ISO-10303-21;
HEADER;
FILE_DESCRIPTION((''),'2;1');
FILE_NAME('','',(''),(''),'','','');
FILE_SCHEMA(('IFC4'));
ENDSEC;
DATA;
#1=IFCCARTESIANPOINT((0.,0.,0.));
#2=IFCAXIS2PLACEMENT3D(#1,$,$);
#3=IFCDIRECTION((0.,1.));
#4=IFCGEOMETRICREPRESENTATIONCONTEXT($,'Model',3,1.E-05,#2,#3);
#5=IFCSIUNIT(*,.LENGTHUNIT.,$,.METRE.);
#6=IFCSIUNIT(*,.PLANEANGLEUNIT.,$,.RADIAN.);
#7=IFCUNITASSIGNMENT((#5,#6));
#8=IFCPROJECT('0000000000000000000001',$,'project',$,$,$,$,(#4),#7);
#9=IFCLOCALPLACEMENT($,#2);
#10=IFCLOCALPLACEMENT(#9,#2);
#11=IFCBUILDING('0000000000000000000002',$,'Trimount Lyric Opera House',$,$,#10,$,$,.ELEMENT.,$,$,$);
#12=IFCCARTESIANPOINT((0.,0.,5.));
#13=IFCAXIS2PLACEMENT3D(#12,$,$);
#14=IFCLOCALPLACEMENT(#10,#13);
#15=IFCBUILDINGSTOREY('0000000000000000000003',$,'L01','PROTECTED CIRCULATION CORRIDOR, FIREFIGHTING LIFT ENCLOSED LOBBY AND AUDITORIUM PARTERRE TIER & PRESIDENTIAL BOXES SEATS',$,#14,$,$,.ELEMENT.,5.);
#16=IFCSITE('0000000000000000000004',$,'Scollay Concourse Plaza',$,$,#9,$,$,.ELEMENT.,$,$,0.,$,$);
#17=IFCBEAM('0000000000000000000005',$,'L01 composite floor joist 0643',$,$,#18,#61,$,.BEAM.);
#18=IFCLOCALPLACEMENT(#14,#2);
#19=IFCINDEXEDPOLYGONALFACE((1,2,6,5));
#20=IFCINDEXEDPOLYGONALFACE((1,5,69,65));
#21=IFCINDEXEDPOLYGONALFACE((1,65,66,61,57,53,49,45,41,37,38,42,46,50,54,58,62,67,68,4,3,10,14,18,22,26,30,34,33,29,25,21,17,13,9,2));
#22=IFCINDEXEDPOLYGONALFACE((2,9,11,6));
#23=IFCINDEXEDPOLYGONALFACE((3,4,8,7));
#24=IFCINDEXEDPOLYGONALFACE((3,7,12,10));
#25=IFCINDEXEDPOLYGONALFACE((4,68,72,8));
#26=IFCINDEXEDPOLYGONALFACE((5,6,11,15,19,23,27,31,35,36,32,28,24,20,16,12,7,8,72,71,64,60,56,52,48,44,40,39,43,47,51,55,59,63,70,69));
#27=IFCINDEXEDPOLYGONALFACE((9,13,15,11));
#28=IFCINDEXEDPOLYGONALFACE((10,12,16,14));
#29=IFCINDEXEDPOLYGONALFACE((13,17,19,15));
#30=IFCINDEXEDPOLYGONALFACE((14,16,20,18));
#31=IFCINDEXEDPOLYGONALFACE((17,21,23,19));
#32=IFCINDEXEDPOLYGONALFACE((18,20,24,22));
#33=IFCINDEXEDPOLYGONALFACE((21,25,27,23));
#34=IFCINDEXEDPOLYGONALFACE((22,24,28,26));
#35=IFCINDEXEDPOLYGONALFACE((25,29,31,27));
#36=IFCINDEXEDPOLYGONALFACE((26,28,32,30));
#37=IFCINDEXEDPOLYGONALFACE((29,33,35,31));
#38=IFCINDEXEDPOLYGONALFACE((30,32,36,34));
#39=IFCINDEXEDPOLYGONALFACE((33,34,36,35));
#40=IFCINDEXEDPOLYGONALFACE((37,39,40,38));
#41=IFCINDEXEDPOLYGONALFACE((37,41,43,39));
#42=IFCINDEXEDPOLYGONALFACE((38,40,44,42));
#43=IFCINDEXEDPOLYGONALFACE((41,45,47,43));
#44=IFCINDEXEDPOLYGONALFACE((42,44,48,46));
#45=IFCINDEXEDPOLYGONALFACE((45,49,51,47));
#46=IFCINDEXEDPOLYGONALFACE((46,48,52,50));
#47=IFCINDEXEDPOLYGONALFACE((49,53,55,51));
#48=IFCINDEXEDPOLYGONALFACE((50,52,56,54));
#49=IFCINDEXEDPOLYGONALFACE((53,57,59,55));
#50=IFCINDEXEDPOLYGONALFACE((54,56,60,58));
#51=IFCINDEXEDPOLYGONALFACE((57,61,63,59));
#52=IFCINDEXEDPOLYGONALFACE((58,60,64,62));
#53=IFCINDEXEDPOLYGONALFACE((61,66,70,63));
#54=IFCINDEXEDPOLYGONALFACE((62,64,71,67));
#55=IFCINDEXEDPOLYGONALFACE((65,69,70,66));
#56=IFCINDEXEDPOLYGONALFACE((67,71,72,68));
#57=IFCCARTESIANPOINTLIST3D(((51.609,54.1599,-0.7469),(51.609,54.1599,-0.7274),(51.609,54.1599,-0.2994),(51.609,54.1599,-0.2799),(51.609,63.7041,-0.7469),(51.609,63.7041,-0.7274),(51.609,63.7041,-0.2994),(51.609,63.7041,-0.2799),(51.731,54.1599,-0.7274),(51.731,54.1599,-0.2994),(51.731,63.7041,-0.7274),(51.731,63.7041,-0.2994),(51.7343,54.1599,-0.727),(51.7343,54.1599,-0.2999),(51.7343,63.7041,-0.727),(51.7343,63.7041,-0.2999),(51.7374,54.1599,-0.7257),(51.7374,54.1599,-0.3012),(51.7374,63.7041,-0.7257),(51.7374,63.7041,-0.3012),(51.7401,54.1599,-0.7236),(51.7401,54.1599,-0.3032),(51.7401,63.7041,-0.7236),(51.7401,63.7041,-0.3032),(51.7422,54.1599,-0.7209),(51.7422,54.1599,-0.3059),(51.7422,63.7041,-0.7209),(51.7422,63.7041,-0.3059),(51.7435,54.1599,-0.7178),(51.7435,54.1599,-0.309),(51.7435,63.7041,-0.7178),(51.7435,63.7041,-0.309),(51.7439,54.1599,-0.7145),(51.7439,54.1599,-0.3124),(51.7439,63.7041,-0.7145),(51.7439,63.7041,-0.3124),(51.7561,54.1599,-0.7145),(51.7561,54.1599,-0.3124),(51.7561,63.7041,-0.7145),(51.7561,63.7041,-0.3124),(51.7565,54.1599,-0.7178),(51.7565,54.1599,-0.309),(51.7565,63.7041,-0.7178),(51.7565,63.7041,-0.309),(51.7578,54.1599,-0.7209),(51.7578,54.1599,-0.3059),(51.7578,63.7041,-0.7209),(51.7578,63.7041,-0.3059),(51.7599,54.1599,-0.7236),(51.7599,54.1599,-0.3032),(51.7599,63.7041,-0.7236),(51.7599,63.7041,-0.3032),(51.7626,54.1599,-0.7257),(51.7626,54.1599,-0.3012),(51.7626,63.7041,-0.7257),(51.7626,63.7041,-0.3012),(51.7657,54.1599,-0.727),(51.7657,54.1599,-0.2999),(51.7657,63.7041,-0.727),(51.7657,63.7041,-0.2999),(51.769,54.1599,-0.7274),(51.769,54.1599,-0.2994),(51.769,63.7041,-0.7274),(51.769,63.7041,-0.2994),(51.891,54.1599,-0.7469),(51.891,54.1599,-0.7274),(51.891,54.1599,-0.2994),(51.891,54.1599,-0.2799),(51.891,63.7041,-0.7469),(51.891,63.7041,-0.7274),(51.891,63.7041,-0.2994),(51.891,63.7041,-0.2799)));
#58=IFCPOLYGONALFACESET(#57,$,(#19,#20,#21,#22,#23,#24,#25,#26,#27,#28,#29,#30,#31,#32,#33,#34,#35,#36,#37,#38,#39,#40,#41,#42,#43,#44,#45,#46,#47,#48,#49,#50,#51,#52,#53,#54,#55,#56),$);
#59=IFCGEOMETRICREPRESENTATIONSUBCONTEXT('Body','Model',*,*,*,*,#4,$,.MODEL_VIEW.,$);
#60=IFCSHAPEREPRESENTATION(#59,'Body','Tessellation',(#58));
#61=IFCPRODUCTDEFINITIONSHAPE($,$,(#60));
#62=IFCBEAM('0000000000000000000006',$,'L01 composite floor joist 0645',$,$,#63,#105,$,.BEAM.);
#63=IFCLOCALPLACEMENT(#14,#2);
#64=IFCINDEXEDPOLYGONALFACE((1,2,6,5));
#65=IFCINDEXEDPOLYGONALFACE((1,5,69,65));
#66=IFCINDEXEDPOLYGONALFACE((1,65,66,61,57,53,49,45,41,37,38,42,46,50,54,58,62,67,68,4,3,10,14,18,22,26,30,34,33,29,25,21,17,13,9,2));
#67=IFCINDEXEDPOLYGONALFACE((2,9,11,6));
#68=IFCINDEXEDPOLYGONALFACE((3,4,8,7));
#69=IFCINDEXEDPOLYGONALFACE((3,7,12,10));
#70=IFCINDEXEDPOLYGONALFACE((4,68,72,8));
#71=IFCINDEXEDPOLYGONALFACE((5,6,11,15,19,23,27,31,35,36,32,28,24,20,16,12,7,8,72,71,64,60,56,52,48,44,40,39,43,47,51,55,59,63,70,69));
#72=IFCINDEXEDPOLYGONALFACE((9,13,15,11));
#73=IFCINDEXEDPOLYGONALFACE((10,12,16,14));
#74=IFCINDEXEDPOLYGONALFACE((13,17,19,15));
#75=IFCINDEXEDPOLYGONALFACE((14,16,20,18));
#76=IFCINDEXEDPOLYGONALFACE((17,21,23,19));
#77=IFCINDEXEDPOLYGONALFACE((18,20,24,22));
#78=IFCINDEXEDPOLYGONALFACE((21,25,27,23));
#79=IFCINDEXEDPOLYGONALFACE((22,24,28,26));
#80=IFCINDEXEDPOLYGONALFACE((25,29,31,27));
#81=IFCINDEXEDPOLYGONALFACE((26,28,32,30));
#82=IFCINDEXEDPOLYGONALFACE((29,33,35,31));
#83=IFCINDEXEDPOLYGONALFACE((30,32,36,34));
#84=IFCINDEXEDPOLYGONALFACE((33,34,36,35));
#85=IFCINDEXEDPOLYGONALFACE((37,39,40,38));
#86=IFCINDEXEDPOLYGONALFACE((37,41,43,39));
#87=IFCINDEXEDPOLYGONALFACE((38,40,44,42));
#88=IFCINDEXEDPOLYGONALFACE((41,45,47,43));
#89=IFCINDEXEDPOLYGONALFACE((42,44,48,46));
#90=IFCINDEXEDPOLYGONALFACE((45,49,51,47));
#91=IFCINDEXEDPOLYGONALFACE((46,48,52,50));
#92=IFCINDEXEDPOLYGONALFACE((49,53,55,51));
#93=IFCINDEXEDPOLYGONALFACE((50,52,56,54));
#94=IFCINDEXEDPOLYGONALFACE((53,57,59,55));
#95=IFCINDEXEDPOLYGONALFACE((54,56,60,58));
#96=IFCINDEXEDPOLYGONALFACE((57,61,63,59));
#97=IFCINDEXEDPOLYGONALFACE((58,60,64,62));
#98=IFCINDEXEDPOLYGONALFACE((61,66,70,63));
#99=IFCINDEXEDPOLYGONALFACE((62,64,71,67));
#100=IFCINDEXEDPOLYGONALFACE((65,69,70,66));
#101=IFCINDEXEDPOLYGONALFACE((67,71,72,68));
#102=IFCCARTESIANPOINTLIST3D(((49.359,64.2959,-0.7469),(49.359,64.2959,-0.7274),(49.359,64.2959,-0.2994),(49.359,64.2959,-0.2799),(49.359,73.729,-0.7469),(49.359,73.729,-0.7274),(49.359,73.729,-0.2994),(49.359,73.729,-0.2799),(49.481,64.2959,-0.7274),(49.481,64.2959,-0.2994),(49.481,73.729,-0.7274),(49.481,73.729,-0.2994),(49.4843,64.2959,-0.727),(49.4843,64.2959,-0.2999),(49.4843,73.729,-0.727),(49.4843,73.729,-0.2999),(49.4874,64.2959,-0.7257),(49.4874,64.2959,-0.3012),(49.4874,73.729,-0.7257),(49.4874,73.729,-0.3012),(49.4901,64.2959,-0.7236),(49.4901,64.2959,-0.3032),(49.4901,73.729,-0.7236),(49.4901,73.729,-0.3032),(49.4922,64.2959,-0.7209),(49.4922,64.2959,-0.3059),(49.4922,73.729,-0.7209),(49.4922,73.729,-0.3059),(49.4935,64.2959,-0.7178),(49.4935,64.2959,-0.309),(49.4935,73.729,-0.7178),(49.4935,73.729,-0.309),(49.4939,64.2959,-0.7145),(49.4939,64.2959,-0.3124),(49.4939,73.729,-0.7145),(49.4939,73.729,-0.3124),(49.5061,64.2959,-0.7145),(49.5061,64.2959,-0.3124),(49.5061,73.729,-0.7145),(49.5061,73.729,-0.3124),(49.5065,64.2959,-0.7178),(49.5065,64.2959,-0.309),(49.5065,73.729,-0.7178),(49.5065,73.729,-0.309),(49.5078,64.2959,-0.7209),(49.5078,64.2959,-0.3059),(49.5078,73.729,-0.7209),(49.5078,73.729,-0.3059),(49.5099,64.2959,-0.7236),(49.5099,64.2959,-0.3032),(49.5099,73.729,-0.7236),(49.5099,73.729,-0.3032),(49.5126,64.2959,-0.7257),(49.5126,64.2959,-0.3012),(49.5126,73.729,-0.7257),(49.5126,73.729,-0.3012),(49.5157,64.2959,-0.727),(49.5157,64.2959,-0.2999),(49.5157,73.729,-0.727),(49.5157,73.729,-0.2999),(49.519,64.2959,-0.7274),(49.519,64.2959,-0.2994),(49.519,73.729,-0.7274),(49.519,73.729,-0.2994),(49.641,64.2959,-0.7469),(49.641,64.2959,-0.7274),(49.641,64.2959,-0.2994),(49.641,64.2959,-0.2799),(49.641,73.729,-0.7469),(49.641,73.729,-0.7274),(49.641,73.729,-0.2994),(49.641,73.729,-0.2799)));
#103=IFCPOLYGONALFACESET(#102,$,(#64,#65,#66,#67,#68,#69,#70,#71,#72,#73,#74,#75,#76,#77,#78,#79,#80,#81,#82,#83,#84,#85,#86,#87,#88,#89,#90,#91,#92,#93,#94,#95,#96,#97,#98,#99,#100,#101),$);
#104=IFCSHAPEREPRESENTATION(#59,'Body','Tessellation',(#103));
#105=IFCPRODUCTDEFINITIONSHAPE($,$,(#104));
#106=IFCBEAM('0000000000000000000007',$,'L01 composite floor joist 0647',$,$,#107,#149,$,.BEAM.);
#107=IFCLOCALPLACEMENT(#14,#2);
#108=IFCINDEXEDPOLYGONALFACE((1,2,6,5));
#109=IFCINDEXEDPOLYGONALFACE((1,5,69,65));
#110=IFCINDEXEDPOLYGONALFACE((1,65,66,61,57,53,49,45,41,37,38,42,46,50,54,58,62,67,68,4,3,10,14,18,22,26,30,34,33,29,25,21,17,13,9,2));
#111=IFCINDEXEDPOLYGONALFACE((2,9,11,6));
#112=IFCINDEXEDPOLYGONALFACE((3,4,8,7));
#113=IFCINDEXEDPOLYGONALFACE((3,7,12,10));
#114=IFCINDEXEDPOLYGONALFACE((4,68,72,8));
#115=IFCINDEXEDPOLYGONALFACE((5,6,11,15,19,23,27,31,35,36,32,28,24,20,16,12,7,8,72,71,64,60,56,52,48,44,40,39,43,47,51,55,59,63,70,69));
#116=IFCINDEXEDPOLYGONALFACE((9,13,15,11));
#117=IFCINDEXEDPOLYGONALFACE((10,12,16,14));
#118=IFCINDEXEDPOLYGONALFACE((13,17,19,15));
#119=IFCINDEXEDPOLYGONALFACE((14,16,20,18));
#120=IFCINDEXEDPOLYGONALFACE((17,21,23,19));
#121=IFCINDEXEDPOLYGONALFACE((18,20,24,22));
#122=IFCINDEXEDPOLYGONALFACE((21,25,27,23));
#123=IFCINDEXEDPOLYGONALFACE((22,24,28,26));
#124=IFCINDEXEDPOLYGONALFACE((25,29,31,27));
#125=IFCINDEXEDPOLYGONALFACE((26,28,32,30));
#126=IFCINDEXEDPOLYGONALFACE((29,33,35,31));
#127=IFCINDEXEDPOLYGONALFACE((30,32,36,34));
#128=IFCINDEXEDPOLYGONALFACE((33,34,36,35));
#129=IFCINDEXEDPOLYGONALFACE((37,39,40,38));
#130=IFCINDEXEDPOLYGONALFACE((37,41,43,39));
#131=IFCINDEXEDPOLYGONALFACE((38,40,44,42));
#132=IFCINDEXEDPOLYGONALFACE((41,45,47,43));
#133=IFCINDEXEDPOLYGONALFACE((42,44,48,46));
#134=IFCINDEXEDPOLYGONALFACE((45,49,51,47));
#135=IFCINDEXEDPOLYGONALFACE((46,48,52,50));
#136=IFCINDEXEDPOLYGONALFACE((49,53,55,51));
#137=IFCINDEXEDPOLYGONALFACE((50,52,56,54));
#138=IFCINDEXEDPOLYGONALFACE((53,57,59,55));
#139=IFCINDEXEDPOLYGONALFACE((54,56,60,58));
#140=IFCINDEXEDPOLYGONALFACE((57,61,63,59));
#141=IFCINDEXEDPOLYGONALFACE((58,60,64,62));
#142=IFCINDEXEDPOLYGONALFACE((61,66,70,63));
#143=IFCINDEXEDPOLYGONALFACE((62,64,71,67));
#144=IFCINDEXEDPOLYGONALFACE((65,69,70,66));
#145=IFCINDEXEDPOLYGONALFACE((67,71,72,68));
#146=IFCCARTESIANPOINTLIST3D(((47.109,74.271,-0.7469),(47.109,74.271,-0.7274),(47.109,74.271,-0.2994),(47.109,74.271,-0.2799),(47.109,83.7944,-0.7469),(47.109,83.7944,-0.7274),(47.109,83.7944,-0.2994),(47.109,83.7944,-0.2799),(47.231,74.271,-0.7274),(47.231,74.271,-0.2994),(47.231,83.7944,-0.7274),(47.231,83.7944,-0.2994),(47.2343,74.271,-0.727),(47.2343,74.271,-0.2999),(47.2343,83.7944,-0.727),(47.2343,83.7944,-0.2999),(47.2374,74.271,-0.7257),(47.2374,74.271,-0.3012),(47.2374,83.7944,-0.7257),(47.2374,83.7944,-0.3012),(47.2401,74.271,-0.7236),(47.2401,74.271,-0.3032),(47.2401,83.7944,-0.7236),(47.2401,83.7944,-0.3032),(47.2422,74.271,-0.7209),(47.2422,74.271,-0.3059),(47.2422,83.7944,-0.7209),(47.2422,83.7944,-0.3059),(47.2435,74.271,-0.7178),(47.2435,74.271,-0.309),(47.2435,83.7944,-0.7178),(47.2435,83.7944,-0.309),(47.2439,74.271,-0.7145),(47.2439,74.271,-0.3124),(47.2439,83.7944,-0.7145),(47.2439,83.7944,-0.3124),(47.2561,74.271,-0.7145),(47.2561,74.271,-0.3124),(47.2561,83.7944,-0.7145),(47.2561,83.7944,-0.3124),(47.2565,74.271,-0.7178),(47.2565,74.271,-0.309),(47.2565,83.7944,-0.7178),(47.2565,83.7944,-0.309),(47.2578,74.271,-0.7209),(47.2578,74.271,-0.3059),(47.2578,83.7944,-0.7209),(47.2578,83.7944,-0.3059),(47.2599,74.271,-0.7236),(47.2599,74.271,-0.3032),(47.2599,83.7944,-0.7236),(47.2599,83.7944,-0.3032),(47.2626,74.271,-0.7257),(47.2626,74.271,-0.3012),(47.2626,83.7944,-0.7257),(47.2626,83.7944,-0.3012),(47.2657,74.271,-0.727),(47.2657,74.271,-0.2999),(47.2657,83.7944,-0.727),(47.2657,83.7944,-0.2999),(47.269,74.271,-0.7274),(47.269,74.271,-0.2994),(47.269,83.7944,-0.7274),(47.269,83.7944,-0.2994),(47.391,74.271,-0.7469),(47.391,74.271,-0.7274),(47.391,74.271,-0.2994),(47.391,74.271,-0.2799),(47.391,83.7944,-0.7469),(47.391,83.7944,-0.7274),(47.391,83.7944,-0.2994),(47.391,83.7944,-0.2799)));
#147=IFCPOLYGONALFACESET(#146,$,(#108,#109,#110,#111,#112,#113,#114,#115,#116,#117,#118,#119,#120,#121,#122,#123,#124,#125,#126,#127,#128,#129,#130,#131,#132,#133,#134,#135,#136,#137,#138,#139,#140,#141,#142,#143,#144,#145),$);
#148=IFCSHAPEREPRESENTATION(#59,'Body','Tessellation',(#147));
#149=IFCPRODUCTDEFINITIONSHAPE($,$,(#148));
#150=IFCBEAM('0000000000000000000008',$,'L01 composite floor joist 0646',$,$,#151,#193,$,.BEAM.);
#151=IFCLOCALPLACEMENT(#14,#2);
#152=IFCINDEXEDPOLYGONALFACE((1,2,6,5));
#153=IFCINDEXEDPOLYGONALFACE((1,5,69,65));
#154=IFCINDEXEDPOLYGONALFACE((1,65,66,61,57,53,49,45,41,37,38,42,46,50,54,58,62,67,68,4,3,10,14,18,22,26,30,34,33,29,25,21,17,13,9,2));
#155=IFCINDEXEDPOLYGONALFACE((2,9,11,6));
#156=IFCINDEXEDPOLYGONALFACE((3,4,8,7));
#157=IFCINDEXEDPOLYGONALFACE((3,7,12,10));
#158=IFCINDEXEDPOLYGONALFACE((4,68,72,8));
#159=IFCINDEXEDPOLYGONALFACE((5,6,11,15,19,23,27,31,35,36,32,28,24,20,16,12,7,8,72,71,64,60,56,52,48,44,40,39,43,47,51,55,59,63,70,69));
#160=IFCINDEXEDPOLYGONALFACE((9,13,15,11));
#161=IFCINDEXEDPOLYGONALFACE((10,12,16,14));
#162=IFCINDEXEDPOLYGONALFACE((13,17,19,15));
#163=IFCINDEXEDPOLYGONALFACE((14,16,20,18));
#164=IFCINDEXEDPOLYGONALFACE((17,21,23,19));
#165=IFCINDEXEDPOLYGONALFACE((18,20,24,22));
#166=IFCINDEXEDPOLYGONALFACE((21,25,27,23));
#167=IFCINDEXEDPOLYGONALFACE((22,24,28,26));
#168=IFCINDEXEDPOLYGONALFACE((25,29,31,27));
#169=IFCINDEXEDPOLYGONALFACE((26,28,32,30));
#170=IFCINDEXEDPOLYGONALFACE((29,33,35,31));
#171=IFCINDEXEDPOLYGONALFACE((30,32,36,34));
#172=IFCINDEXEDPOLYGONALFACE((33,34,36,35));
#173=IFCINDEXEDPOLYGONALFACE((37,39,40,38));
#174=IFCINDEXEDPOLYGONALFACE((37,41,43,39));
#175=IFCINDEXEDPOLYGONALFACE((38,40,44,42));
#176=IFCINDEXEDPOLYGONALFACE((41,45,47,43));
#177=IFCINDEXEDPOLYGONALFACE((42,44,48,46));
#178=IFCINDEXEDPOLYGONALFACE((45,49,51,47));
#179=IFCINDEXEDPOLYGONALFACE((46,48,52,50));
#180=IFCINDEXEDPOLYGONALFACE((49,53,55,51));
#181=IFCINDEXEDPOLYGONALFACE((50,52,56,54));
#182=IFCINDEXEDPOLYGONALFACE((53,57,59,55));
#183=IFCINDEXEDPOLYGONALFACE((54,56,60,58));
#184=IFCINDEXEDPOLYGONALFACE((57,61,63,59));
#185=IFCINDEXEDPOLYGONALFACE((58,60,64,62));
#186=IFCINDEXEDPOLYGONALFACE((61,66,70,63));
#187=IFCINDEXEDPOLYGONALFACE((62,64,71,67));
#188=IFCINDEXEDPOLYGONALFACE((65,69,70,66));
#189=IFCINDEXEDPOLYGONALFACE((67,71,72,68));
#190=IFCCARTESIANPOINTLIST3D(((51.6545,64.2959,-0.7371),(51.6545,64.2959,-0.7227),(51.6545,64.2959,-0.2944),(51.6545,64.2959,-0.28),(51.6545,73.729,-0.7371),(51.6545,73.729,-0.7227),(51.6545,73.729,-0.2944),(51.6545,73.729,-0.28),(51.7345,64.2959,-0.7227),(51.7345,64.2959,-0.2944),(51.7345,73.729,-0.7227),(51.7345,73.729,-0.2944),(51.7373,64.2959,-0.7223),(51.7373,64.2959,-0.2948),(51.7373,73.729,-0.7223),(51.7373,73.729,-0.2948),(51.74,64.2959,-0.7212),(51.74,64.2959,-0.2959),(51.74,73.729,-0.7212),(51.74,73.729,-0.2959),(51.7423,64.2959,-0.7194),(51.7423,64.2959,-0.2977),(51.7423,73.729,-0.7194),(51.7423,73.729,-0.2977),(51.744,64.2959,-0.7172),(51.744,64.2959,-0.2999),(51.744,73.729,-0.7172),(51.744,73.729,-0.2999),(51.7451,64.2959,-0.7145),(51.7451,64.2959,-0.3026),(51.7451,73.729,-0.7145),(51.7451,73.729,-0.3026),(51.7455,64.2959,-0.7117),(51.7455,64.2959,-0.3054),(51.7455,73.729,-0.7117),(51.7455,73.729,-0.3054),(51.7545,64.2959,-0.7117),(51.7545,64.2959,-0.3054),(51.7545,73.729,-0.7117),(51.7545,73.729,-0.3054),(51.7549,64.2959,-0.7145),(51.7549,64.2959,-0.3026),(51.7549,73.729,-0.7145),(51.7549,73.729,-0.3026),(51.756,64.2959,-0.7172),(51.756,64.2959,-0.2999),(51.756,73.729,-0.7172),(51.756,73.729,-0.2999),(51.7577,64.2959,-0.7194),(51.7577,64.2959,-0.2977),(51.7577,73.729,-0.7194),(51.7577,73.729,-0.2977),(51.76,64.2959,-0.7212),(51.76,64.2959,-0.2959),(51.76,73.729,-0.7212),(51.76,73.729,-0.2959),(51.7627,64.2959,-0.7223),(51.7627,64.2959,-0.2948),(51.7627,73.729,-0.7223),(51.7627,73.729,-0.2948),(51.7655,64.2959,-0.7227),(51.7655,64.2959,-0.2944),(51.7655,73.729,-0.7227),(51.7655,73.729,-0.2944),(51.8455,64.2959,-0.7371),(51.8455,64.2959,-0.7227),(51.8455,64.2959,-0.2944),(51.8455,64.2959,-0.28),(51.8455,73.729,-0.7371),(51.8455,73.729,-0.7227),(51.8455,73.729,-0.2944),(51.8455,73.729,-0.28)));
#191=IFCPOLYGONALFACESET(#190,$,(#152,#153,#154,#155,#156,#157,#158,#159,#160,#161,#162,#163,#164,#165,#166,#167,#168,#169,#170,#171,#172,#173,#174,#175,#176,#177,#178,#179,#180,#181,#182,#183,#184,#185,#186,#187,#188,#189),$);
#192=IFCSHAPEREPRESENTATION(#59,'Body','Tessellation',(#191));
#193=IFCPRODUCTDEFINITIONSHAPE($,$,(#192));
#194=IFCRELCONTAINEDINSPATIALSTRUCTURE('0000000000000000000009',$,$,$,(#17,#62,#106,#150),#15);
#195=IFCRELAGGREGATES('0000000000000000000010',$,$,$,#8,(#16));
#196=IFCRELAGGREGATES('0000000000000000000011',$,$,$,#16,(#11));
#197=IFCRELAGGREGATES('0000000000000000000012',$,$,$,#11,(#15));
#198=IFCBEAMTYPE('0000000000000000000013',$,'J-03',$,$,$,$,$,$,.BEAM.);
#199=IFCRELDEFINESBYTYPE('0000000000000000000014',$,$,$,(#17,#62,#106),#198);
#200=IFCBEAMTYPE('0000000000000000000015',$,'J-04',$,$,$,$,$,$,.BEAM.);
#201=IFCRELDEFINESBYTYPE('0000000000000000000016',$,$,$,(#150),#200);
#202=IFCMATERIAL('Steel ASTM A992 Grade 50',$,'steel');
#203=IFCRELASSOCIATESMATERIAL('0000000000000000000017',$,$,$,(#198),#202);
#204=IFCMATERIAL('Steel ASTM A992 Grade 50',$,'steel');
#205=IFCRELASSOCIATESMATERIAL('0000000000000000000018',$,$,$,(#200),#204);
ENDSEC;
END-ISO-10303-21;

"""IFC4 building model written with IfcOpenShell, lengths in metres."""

from ifc_helpers import new_model, si_unit, direction, frame, origin, origin_2d, place, context, subcontext, project, spatial, i_section, extrude, material, material_profile, profile_set, type_object, element, save


model = new_model("IFC4")

# Units and contexts
model_context = context("Model", 3, precision=1e-05, world=origin(), true_north=direction((0.0, 1.0)))
body_context = subcontext(model_context, "Body", "Model", "MODEL_VIEW")
ifc_project = project(units=[si_unit("LENGTHUNIT", "METRE"), si_unit("PLANEANGLEUNIT", "RADIAN")], contexts=[model_context])

# Site, building, storey
site_placement = place(None, origin())
site = spatial("IfcSite", under=ifc_project, at=site_placement, Name="Scollay Concourse Plaza", CompositionType="ELEMENT", RefElevation=0.0)
building_placement = place(site_placement, origin())
building = spatial("IfcBuilding", under=site, at=building_placement, Name="Trimount Lyric Opera House", CompositionType="ELEMENT")
storey_placement = place(building_placement, frame((0.0, 0.0, 5.0)))
storey = spatial("IfcBuildingStorey", under=building, at=storey_placement, Name="L01", Description="PROTECTED CIRCULATION CORRIDOR, FIREFIGHTING LIFT ENCLOSED LOBBY AND AUDITORIUM PARTERRE TIER & PRESIDENTIAL BOXES SEATS", CompositionType="ELEMENT", Elevation=5.0)

# Beams
ifc_material_1 = material(Name="Steel ASTM A992 Grade 50", Category="steel")
ifc_material_profile_1 = material_profile(ifc_material_1, i_section(OverallWidth=0.282, OverallDepth=0.467, WebThickness=0.0122, FlangeThickness=0.0195, FilletRadius=0.0129, at=origin_2d()), Name="W18X86")
ifc_profile_set_1 = profile_set([ifc_material_profile_1], Name="Steel ASTM A992 Grade 50")
beam_type_1 = type_object("IfcBeamType", Name="J-03", PredefinedType="BEAM", material=ifc_profile_set_1)
beam_1_placement = place(storey_placement, frame((51.75, 54.1599, -0.5134), z_axis=(0.0, 1.0, 0.0), x_axis=(-1.0, 0.0, 0.0)))
element("IfcBeam", 1, at=beam_1_placement, inside=storey, type_object=beam_type_1, Name="L01 composite floor joist 0643", PredefinedType="BEAM", context=body_context, shape_type="SweptSolid", body=[
    extrude(i_section(OverallWidth=0.282, OverallDepth=0.467, WebThickness=0.0122, FlangeThickness=0.0195, FilletRadius=0.0129, at=origin_2d()), origin(), (0.0, 0.0, 1.0), 9.5442),
])
beam_2_placement = place(storey_placement, frame((49.5, 64.2959, -0.5134), z_axis=(0.0, 1.0, 0.0), x_axis=(-1.0, 0.0, 0.0)))
element("IfcBeam", 2, at=beam_2_placement, inside=storey, type_object=beam_type_1, Name="L01 composite floor joist 0645", PredefinedType="BEAM", context=body_context, shape_type="SweptSolid", body=[
    extrude(i_section(OverallWidth=0.282, OverallDepth=0.467, WebThickness=0.0122, FlangeThickness=0.0195, FilletRadius=0.0129, at=origin_2d()), origin(), (0.0, 0.0, 1.0), 9.4331),
])
beam_3_placement = place(storey_placement, frame((47.25, 74.271, -0.5134), z_axis=(0.0, 1.0, 0.0), x_axis=(-1.0, 0.0, 0.0)))
element("IfcBeam", 3, at=beam_3_placement, inside=storey, type_object=beam_type_1, Name="L01 composite floor joist 0647", PredefinedType="BEAM", context=body_context, shape_type="SweptSolid", body=[
    extrude(i_section(OverallWidth=0.282, OverallDepth=0.467, WebThickness=0.0122, FlangeThickness=0.0195, FilletRadius=0.0129, at=origin_2d()), origin(), (0.0, 0.0, 1.0), 9.5234),
])
ifc_material_2 = material(Name="Steel ASTM A992 Grade 50", Category="steel")
ifc_material_profile_2 = material_profile(ifc_material_2, i_section(OverallWidth=0.1909, OverallDepth=0.457, WebThickness=0.009, FlangeThickness=0.0144, FilletRadius=0.011, at=origin_2d()), Name="W18X50")
ifc_profile_set_2 = profile_set([ifc_material_profile_2], Name="Steel ASTM A992 Grade 50")
beam_type_2 = type_object("IfcBeamType", Name="J-04", PredefinedType="BEAM", material=ifc_profile_set_2)
beam_4_placement = place(storey_placement, frame((51.75, 64.2959, -0.5085), z_axis=(0.0, 1.0, 0.0), x_axis=(-1.0, 0.0, 0.0)))
element("IfcBeam", 4, at=beam_4_placement, inside=storey, type_object=beam_type_2, Name="L01 composite floor joist 0646", PredefinedType="BEAM", context=body_context, shape_type="SweptSolid", body=[
    extrude(i_section(OverallWidth=0.1909, OverallDepth=0.457, WebThickness=0.009, FlangeThickness=0.0144, FilletRadius=0.011, at=origin_2d()), origin(), (0.0, 0.0, 1.0), 9.4331),
])

save(model, "model.ifc")
